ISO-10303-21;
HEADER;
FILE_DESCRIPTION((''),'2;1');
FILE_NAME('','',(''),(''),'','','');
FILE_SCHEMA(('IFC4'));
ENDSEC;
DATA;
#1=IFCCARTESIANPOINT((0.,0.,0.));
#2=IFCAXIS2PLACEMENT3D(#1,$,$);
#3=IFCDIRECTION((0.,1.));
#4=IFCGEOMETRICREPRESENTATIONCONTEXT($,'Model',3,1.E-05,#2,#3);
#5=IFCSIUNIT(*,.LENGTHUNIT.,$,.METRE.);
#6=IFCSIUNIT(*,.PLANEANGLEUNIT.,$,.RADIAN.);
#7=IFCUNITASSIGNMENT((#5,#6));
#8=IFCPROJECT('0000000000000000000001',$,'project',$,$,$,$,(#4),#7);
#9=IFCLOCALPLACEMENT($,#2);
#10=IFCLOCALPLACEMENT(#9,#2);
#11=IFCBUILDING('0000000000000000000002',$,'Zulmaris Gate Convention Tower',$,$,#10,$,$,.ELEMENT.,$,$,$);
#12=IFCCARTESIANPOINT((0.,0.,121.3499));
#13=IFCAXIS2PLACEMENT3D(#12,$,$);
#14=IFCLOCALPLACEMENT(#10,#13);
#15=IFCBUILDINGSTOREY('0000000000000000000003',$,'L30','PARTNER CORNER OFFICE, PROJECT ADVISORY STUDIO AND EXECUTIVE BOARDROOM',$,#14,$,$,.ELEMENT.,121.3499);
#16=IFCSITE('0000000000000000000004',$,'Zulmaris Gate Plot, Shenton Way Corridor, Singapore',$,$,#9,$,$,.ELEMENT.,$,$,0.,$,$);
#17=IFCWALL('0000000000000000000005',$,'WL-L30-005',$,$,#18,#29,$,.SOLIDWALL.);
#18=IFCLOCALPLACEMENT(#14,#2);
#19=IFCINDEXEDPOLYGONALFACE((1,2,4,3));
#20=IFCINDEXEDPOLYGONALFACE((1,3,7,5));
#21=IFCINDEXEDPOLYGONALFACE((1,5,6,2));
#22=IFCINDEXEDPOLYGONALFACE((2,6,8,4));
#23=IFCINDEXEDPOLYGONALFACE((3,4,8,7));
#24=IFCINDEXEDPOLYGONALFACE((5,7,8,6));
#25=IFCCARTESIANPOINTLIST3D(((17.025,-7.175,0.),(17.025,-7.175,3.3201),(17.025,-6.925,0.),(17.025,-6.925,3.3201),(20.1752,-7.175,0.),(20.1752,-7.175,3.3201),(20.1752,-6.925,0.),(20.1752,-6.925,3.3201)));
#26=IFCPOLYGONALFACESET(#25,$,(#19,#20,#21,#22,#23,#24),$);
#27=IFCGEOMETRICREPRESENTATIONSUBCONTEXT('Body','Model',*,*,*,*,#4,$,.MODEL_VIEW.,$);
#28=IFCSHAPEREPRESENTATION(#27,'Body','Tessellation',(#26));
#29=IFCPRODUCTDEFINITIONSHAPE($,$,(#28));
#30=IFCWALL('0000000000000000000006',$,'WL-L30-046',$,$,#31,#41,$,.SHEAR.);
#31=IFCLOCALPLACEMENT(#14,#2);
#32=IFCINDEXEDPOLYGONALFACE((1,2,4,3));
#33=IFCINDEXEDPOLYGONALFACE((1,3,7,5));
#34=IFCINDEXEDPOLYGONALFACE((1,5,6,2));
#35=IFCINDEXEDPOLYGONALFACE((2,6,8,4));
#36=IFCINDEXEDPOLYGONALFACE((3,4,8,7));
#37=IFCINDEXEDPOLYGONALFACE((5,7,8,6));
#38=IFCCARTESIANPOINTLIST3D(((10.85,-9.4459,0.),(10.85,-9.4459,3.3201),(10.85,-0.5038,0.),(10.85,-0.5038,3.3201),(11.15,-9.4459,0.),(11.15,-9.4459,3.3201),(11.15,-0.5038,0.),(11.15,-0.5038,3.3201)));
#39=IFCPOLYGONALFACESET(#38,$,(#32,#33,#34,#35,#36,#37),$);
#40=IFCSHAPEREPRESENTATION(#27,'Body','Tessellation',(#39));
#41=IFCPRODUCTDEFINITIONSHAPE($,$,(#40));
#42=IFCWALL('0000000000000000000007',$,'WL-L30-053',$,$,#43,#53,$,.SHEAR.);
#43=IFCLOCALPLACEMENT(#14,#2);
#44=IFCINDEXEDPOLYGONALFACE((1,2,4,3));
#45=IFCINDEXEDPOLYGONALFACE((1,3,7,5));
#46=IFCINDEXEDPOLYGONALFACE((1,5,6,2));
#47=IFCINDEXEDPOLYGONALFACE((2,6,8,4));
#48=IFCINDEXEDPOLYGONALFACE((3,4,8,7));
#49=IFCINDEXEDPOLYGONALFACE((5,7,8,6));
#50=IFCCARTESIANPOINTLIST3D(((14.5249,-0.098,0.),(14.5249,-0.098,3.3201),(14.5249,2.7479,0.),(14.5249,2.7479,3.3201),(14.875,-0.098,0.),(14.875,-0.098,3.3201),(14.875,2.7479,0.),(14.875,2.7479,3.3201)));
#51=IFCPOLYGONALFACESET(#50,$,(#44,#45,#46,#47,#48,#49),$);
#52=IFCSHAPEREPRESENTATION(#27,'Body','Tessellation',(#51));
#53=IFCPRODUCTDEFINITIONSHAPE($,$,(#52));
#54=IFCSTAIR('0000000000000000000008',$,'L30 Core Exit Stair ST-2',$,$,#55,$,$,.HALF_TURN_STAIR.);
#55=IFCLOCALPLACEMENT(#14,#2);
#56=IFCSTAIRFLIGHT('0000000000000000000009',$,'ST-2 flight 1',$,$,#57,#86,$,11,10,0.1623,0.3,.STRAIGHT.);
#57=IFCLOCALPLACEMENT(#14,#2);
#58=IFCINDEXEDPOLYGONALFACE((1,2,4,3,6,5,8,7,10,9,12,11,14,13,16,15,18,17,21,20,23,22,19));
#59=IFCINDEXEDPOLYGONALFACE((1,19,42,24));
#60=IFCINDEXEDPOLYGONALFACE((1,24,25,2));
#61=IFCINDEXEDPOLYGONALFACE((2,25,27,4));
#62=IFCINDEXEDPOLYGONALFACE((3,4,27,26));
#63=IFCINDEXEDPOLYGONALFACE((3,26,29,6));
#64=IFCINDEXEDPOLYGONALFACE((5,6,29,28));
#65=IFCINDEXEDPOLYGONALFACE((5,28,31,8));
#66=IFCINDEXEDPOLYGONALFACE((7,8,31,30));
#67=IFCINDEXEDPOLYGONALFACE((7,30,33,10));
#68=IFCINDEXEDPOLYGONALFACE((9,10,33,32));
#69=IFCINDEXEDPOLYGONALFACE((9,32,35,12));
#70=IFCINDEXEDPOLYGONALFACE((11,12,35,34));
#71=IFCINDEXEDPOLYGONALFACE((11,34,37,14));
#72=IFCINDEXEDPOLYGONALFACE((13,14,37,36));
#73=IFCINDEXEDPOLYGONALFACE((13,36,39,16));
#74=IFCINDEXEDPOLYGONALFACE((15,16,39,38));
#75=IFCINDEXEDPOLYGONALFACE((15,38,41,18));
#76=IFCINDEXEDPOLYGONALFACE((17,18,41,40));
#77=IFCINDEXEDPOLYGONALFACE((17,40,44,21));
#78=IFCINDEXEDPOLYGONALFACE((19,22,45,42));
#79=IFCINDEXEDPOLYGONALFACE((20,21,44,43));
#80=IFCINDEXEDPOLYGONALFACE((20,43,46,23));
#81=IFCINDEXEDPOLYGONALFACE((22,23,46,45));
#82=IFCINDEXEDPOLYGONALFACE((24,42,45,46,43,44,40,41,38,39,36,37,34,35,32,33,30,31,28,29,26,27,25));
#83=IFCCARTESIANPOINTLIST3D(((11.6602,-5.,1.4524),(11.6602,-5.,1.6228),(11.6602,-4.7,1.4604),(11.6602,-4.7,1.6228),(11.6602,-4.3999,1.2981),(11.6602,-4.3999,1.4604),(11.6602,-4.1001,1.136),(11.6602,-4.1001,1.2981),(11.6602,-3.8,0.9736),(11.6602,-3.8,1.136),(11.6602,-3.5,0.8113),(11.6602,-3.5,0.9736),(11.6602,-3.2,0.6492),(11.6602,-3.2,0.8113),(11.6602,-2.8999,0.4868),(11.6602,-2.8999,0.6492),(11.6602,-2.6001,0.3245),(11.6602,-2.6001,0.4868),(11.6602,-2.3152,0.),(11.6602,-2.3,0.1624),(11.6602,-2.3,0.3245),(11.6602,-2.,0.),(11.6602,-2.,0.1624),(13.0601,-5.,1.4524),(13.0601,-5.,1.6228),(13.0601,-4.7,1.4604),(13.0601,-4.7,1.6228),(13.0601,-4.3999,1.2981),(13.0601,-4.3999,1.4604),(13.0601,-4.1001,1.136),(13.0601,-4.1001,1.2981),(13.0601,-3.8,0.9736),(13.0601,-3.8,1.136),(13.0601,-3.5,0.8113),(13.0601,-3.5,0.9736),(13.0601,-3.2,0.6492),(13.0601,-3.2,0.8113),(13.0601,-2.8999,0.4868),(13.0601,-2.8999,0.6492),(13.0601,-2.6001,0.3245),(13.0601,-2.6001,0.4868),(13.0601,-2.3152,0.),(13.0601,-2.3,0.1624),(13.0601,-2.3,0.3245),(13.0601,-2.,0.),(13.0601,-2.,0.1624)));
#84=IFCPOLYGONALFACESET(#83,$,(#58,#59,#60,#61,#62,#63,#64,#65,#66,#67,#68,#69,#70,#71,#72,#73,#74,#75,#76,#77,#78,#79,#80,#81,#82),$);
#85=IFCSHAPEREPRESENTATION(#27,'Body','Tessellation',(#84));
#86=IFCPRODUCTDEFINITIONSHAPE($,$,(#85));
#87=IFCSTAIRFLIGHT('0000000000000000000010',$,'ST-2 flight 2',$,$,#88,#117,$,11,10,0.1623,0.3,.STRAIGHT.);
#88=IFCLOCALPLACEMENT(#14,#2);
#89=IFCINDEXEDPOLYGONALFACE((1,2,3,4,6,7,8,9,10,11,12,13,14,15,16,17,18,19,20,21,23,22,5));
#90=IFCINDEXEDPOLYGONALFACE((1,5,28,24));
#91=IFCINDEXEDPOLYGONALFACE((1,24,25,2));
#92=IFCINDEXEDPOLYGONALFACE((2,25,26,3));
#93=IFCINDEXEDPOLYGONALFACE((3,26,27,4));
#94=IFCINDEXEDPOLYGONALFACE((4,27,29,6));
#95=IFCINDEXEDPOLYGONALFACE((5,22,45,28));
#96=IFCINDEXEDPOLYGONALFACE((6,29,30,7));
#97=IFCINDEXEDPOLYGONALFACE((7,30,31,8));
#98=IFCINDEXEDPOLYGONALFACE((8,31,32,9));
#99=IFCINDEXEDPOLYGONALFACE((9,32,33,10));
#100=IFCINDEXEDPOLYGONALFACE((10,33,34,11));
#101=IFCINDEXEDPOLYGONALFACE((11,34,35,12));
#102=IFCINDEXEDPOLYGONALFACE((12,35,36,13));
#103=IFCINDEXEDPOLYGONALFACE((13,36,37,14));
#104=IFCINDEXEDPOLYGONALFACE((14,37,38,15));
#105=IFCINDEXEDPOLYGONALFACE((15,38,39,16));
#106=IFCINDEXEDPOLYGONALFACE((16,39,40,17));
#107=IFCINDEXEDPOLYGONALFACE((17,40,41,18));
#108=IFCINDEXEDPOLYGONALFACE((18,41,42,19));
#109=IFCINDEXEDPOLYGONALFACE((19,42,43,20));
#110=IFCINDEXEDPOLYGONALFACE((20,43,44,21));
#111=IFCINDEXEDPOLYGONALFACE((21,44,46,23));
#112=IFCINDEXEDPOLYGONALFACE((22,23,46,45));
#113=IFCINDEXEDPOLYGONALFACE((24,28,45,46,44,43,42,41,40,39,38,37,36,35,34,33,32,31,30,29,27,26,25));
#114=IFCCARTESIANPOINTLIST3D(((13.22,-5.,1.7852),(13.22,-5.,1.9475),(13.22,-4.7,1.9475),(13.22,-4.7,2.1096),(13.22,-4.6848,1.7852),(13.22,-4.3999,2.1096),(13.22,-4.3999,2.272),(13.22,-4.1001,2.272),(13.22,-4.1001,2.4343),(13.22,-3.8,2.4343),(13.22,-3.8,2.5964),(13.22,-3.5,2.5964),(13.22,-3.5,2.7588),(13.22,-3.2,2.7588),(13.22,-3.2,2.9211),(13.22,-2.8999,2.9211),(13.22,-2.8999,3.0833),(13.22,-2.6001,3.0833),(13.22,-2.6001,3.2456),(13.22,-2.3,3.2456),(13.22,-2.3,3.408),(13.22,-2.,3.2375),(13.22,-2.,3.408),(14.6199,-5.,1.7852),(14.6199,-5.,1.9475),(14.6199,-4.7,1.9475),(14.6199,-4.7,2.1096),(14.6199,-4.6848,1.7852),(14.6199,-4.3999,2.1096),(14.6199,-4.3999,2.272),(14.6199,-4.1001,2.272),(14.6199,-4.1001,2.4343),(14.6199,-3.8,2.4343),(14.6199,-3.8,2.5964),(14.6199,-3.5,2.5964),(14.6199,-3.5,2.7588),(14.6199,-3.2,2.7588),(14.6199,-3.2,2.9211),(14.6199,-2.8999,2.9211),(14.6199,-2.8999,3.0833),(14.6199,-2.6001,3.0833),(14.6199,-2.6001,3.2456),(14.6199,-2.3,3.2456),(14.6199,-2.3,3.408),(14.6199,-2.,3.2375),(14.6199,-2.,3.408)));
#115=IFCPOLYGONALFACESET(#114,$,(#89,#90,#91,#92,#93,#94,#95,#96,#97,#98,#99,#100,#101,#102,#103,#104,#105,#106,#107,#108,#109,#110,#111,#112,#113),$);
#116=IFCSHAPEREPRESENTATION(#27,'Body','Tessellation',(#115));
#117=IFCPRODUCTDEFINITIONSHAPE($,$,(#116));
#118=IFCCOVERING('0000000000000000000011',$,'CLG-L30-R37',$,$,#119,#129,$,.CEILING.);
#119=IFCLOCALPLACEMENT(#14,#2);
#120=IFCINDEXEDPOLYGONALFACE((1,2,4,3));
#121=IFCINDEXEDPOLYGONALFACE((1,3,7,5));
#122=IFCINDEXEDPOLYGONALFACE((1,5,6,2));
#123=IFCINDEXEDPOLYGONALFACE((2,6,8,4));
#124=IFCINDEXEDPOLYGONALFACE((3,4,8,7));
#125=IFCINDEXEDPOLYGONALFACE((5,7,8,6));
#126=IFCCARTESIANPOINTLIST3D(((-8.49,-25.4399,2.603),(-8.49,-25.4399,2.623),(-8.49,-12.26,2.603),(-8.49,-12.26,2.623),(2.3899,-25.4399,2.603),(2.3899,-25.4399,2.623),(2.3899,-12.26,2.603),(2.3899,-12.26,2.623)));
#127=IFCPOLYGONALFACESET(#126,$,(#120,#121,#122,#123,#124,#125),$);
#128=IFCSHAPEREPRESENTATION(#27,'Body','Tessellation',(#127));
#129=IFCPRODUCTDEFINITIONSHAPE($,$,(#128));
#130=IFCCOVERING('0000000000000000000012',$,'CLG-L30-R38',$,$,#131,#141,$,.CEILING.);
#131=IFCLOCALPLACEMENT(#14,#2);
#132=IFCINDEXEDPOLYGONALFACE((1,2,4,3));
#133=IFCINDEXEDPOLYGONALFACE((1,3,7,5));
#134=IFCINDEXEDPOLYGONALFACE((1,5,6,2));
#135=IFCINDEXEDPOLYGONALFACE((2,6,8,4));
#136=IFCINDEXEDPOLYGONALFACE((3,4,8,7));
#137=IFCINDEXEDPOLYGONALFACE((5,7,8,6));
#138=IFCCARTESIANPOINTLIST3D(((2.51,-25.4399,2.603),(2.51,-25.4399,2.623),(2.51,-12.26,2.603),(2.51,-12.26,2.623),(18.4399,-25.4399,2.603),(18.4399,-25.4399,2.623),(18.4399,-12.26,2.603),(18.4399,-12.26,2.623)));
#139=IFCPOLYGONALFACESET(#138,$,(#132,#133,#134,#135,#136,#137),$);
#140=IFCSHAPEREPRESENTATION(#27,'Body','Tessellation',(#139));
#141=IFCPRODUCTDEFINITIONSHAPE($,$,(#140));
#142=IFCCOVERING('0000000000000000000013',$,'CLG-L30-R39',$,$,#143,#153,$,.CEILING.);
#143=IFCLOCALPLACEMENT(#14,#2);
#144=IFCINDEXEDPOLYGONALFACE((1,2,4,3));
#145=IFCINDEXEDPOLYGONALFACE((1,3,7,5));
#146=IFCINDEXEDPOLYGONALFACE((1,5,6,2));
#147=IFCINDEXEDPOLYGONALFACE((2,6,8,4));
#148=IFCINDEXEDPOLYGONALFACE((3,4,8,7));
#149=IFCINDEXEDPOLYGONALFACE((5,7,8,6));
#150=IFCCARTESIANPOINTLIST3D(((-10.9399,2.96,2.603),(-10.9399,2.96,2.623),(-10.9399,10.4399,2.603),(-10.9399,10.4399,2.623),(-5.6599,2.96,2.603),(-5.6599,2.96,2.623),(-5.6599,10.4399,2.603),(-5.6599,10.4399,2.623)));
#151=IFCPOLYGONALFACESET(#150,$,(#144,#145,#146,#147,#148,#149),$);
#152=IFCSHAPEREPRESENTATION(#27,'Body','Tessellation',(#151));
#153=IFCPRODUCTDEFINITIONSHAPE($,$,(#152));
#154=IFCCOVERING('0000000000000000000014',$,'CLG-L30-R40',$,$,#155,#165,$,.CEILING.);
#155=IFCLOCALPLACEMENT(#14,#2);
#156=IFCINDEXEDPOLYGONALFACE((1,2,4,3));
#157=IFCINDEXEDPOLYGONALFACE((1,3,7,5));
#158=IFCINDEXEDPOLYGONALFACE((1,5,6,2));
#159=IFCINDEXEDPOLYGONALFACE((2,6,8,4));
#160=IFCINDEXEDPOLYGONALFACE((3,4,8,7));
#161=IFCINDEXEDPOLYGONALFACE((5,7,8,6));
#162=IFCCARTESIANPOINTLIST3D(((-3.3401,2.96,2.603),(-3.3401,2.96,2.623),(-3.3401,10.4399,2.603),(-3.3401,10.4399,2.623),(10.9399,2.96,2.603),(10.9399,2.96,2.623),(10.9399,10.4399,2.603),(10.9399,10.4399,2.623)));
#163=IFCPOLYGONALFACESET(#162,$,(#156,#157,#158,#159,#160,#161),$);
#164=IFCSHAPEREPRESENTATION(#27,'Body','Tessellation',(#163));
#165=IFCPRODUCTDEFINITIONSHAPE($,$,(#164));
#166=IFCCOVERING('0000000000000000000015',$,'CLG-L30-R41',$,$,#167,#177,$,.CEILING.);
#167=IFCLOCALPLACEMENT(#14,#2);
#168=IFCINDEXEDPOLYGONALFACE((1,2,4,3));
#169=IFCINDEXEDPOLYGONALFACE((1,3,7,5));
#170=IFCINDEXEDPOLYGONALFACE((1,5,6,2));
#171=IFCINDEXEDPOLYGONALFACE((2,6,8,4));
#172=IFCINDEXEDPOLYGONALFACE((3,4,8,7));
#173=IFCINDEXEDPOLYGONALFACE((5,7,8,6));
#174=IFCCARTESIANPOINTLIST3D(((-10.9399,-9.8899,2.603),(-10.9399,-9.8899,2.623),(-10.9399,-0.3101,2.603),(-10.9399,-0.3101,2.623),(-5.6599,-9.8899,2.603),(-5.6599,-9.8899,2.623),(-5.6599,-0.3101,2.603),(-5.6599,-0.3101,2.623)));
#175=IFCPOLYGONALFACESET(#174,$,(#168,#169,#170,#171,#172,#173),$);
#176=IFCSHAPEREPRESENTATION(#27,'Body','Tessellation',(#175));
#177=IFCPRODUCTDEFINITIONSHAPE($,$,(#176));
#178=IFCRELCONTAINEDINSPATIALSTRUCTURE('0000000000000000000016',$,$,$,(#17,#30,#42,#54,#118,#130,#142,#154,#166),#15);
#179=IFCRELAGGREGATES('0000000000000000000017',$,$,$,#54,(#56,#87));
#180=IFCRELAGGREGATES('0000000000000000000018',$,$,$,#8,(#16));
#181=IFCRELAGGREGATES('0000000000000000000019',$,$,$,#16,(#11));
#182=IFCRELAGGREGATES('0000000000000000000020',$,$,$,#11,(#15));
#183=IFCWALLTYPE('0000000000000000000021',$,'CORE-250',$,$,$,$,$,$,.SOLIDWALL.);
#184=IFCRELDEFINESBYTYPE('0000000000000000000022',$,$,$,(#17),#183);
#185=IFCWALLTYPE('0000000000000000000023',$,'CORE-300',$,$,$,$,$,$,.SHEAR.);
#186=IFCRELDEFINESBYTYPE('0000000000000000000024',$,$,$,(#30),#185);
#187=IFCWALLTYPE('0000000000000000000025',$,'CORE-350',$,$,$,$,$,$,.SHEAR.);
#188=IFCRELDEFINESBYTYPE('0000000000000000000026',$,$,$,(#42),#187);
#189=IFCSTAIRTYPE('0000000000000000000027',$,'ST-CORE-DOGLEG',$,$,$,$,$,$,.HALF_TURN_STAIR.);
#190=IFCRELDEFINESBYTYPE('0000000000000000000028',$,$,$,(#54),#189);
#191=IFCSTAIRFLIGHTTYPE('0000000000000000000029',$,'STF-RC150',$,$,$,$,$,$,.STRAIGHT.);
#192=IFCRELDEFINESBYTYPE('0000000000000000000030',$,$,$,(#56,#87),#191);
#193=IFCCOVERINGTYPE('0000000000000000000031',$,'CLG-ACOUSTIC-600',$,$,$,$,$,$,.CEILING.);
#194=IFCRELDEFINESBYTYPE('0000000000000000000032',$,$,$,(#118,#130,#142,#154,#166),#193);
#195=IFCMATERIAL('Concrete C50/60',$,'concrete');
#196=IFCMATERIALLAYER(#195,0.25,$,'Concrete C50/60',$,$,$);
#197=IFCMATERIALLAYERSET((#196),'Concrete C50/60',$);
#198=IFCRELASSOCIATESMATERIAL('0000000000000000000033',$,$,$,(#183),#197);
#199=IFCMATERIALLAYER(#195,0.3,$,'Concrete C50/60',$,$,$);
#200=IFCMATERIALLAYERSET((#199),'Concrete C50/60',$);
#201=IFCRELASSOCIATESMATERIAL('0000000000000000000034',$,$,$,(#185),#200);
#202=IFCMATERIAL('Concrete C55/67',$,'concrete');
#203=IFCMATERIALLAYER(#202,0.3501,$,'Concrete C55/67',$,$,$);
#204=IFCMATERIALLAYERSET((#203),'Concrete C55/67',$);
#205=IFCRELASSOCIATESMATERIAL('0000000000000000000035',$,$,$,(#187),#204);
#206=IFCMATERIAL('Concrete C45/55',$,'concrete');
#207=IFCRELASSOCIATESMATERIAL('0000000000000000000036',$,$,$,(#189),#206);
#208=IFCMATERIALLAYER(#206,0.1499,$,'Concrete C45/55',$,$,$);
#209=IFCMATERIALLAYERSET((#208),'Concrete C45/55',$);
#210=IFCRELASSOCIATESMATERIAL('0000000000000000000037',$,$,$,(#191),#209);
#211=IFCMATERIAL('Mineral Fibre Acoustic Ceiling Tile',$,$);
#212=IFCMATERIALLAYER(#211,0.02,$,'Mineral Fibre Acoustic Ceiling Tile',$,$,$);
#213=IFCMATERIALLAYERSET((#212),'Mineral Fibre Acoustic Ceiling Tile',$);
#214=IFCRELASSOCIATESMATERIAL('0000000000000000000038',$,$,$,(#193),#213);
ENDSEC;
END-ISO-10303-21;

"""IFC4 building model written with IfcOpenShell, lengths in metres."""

from ifc_helpers import new_model, si_unit, direction, frame, frame_2d, origin, place, context, subcontext, project, spatial, polyline, rectangle, outline, extrude, material, layer, layer_set, type_object, element, aggregate, save


model = new_model("IFC4")

# Units and contexts
model_context = context("Model", 3, precision=1e-05, world=origin(), true_north=direction((0.0, 1.0)))
body_context = subcontext(model_context, "Body", "Model", "MODEL_VIEW")
ifc_project = project(units=[si_unit("LENGTHUNIT", "METRE"), si_unit("PLANEANGLEUNIT", "RADIAN")], contexts=[model_context])

# Site, building, storey
site_placement = place(None, origin())
site = spatial("IfcSite", under=ifc_project, at=site_placement, Name="Zulmaris Gate Plot, Shenton Way Corridor, Singapore", CompositionType="ELEMENT", RefElevation=0.0)
building_placement = place(site_placement, origin())
building = spatial("IfcBuilding", under=site, at=building_placement, Name="Zulmaris Gate Convention Tower", CompositionType="ELEMENT")
storey_placement = place(building_placement, frame((0.0, 0.0, 121.3499)))
storey = spatial("IfcBuildingStorey", under=building, at=storey_placement, Name="L30", Description="PARTNER CORNER OFFICE, PROJECT ADVISORY STUDIO AND EXECUTIVE BOARDROOM", CompositionType="ELEMENT", Elevation=121.3499)

# Wall
ifc_material_1 = material(Name="Concrete C50/60", Category="concrete")
ifc_layer_1 = layer(ifc_material_1, 0.25, Name="Concrete C50/60")
ifc_layer_set_1 = layer_set([ifc_layer_1], Name="Concrete C50/60")
wall_type_1 = type_object("IfcWallType", Name="CORE-250", PredefinedType="SOLIDWALL", material=ifc_layer_set_1)
wall_1_placement = place(storey_placement, frame((17.0249, -7.05, 0.0), z_axis=(0.0, 0.0, 1.0), x_axis=(1.0, 0.0, 0.0)))
element("IfcWall", 1, at=wall_1_placement, inside=storey, type_object=wall_type_1, Name="WL-L30-005", PredefinedType="SOLIDWALL", context=body_context, shape_type="SweptSolid", body=[
    extrude(rectangle(XDim=3.1501, YDim=0.25, at=frame_2d((1.5752, 0.0))), origin(), (0.0, 0.0, 1.0), 3.3201),
])

# Shared definitions
ifc_layer_2 = layer(ifc_material_1, 0.3, Name="Concrete C50/60")
ifc_layer_set_2 = layer_set([ifc_layer_2], Name="Concrete C50/60")
wall_type_2 = type_object("IfcWallType", Name="CORE-300", PredefinedType="SHEAR", material=ifc_layer_set_2)

# Walls
wall_2_placement = place(storey_placement, frame((11.0, -9.446, 0.0), z_axis=(0.0, 0.0, 1.0), x_axis=(0.0, 1.0, 0.0)))
element("IfcWall", 2, at=wall_2_placement, inside=storey, type_object=wall_type_2, Name="WL-L30-046", PredefinedType="SHEAR", context=body_context, shape_type="SweptSolid", body=[
    extrude(rectangle(XDim=8.9421, YDim=0.3, at=frame_2d((4.4712, 0.0))), origin(), (0.0, 0.0, 1.0), 3.3201),
])
ifc_material_2 = material(Name="Concrete C55/67", Category="concrete")
ifc_layer_3 = layer(ifc_material_2, 0.3501, Name="Concrete C55/67")
ifc_layer_set_3 = layer_set([ifc_layer_3], Name="Concrete C55/67")
wall_type_3 = type_object("IfcWallType", Name="CORE-350", PredefinedType="SHEAR", material=ifc_layer_set_3)
wall_3_placement = place(storey_placement, frame((14.7, -0.0979, 0.0), z_axis=(0.0, 0.0, 1.0), x_axis=(0.0, 1.0, 0.0)))
element("IfcWall", 3, at=wall_3_placement, inside=storey, type_object=wall_type_3, Name="WL-L30-053", PredefinedType="SHEAR", context=body_context, shape_type="SweptSolid", body=[
    extrude(rectangle(XDim=2.8459, YDim=0.3501, at=frame_2d((1.4229, 0.0))), origin(), (0.0, 0.0, 1.0), 3.3201),
])

# Stair, stair flights
ifc_material_3 = material(Name="Concrete C45/55", Category="concrete")
stair_type = type_object("IfcStairType", Name="ST-CORE-DOGLEG", PredefinedType="HALF_TURN_STAIR", material=ifc_material_3)
stair_placement = place(storey_placement, origin())
stair = element("IfcStair", 4, at=stair_placement, inside=storey, type_object=stair_type, Name="L30 Core Exit Stair ST-2", PredefinedType="HALF_TURN_STAIR")
ifc_layer_4 = layer(ifc_material_3, 0.1499, Name="Concrete C45/55")
ifc_layer_set_4 = layer_set([ifc_layer_4], Name="Concrete C45/55")
stair_flight_type = type_object("IfcStairFlightType", Name="STF-RC150", PredefinedType="STRAIGHT", material=ifc_layer_set_4)
stair_flight_1_placement = place(storey_placement, frame((12.3601, -2.0, 0.0), z_axis=(0.0, 0.0, 1.0), x_axis=(0.0, -1.0, 0.0)))
stair_flight_1 = element("IfcStairFlight", 5, at=stair_flight_1_placement, type_object=stair_flight_type, Name="ST-2 flight 1", NumberOfRisers=11, NumberOfTreads=10, PredefinedType="STRAIGHT", RiserHeight=0.1623, TreadLength=0.3, context=body_context, shape_type="SweptSolid", body=[
    extrude(outline(polyline([(0.0, 0.0), (0.0, 0.1624), (0.3, 0.1624), (0.3, 0.3245), (0.6001, 0.3245), (0.6001, 0.4868), (0.8999, 0.4868), (0.8999, 0.6492), (1.2, 0.6492), (1.2, 0.8113), (1.5, 0.8113), (1.5, 0.9736), (1.8, 0.9736), (1.8, 1.136), (2.1001, 1.136), (2.1001, 1.2981), (2.3999, 1.2981), (2.3999, 1.4604), (2.7, 1.4604), (2.7, 1.6228), (3.0, 1.6228), (3.0, 1.7849), (3.0, 1.4524), (0.3152, 0.0), (0.0, 0.0)])), frame((0.0, 0.7, 0.0), z_axis=(0.0, -1.0, 0.0), x_axis=(1.0, 0.0, 0.0)), (0.0, 0.0, 1.0), 1.3999),
])
stair_flight_2_placement = place(storey_placement, frame((13.9199, -5.0, 1.7852), z_axis=(0.0, 0.0, 1.0), x_axis=(0.0, 1.0, 0.0)))
stair_flight_2 = element("IfcStairFlight", 6, at=stair_flight_2_placement, type_object=stair_flight_type, Name="ST-2 flight 2", NumberOfRisers=11, NumberOfTreads=10, PredefinedType="STRAIGHT", RiserHeight=0.1623, TreadLength=0.3, context=body_context, shape_type="SweptSolid", body=[
    extrude(outline(polyline([(0.0, 0.0), (0.0, 0.1624), (0.3, 0.1624), (0.3, 0.3245), (0.6001, 0.3245), (0.6001, 0.4868), (0.8999, 0.4868), (0.8999, 0.6492), (1.2, 0.6492), (1.2, 0.8113), (1.5, 0.8113), (1.5, 0.9736), (1.8, 0.9736), (1.8, 1.136), (2.1001, 1.136), (2.1001, 1.2981), (2.3999, 1.2981), (2.3999, 1.4604), (2.7, 1.4604), (2.7, 1.6228), (3.0, 1.6228), (3.0, 1.7849), (3.0, 1.4524), (0.3152, 0.0), (0.0, 0.0)])), frame((0.0, 0.7, 0.0), z_axis=(0.0, -1.0, 0.0), x_axis=(1.0, 0.0, 0.0)), (0.0, 0.0, 1.0), 1.3999),
])
aggregate(stair, [stair_flight_1, stair_flight_2])

# Coverings
ifc_material_4 = material(Name="Mineral Fibre Acoustic Ceiling Tile")
ifc_layer_5 = layer(ifc_material_4, 0.02, Name="Mineral Fibre Acoustic Ceiling Tile")
ifc_layer_set_5 = layer_set([ifc_layer_5], Name="Mineral Fibre Acoustic Ceiling Tile")
covering_type_1 = type_object("IfcCoveringType", Name="CLG-ACOUSTIC-600", PredefinedType="CEILING", material=ifc_layer_set_5)
covering_1_placement = place(storey_placement, frame((0.0, 0.0, 2.603)))
element("IfcCovering", 7, at=covering_1_placement, inside=storey, type_object=covering_type_1, Name="CLG-L30-R37", PredefinedType="CEILING", context=body_context, shape_type="SweptSolid", body=[
    extrude(outline(polyline([(-8.49, -25.4399), (2.3899, -25.4399), (2.3899, -12.26), (-8.49, -12.26), (-8.49, -25.4399)])), origin(), (0.0, 0.0, 1.0), 0.02),
])
covering_2_placement = place(storey_placement, frame((0.0, 0.0, 2.603)))
element("IfcCovering", 8, at=covering_2_placement, inside=storey, type_object=covering_type_1, Name="CLG-L30-R38", PredefinedType="CEILING", context=body_context, shape_type="SweptSolid", body=[
    extrude(outline(polyline([(2.51, -25.4399), (18.4399, -25.4399), (18.4399, -12.26), (2.51, -12.26), (2.51, -25.4399)])), origin(), (0.0, 0.0, 1.0), 0.02),
])
covering_3_placement = place(storey_placement, frame((0.0, 0.0, 2.603)))
element("IfcCovering", 9, at=covering_3_placement, inside=storey, type_object=covering_type_1, Name="CLG-L30-R39", PredefinedType="CEILING", context=body_context, shape_type="SweptSolid", body=[
    extrude(outline(polyline([(-10.9399, 2.96), (-5.6599, 2.96), (-5.6599, 10.4399), (-10.9399, 10.4399), (-10.9399, 2.96)])), origin(), (0.0, 0.0, 1.0), 0.02),
])
covering_4_placement = place(storey_placement, frame((0.0, 0.0, 2.603)))
element("IfcCovering", 10, at=covering_4_placement, inside=storey, type_object=covering_type_1, Name="CLG-L30-R40", PredefinedType="CEILING", context=body_context, shape_type="SweptSolid", body=[
    extrude(outline(polyline([(-3.3401, 2.96), (10.9399, 2.96), (10.9399, 10.4399), (-3.3401, 10.4399), (-3.3401, 2.96)])), origin(), (0.0, 0.0, 1.0), 0.02),
])
covering_5_placement = place(storey_placement, frame((0.0, 0.0, 2.603)))
element("IfcCovering", 11, at=covering_5_placement, inside=storey, type_object=covering_type_1, Name="CLG-L30-R41", PredefinedType="CEILING", context=body_context, shape_type="SweptSolid", body=[
    extrude(outline(polyline([(-10.9399, -9.8899), (-5.6599, -9.8899), (-5.6599, -0.3101), (-10.9399, -0.3101), (-10.9399, -9.8899)])), origin(), (0.0, 0.0, 1.0), 0.02),
])

save(model, "model.ifc")
